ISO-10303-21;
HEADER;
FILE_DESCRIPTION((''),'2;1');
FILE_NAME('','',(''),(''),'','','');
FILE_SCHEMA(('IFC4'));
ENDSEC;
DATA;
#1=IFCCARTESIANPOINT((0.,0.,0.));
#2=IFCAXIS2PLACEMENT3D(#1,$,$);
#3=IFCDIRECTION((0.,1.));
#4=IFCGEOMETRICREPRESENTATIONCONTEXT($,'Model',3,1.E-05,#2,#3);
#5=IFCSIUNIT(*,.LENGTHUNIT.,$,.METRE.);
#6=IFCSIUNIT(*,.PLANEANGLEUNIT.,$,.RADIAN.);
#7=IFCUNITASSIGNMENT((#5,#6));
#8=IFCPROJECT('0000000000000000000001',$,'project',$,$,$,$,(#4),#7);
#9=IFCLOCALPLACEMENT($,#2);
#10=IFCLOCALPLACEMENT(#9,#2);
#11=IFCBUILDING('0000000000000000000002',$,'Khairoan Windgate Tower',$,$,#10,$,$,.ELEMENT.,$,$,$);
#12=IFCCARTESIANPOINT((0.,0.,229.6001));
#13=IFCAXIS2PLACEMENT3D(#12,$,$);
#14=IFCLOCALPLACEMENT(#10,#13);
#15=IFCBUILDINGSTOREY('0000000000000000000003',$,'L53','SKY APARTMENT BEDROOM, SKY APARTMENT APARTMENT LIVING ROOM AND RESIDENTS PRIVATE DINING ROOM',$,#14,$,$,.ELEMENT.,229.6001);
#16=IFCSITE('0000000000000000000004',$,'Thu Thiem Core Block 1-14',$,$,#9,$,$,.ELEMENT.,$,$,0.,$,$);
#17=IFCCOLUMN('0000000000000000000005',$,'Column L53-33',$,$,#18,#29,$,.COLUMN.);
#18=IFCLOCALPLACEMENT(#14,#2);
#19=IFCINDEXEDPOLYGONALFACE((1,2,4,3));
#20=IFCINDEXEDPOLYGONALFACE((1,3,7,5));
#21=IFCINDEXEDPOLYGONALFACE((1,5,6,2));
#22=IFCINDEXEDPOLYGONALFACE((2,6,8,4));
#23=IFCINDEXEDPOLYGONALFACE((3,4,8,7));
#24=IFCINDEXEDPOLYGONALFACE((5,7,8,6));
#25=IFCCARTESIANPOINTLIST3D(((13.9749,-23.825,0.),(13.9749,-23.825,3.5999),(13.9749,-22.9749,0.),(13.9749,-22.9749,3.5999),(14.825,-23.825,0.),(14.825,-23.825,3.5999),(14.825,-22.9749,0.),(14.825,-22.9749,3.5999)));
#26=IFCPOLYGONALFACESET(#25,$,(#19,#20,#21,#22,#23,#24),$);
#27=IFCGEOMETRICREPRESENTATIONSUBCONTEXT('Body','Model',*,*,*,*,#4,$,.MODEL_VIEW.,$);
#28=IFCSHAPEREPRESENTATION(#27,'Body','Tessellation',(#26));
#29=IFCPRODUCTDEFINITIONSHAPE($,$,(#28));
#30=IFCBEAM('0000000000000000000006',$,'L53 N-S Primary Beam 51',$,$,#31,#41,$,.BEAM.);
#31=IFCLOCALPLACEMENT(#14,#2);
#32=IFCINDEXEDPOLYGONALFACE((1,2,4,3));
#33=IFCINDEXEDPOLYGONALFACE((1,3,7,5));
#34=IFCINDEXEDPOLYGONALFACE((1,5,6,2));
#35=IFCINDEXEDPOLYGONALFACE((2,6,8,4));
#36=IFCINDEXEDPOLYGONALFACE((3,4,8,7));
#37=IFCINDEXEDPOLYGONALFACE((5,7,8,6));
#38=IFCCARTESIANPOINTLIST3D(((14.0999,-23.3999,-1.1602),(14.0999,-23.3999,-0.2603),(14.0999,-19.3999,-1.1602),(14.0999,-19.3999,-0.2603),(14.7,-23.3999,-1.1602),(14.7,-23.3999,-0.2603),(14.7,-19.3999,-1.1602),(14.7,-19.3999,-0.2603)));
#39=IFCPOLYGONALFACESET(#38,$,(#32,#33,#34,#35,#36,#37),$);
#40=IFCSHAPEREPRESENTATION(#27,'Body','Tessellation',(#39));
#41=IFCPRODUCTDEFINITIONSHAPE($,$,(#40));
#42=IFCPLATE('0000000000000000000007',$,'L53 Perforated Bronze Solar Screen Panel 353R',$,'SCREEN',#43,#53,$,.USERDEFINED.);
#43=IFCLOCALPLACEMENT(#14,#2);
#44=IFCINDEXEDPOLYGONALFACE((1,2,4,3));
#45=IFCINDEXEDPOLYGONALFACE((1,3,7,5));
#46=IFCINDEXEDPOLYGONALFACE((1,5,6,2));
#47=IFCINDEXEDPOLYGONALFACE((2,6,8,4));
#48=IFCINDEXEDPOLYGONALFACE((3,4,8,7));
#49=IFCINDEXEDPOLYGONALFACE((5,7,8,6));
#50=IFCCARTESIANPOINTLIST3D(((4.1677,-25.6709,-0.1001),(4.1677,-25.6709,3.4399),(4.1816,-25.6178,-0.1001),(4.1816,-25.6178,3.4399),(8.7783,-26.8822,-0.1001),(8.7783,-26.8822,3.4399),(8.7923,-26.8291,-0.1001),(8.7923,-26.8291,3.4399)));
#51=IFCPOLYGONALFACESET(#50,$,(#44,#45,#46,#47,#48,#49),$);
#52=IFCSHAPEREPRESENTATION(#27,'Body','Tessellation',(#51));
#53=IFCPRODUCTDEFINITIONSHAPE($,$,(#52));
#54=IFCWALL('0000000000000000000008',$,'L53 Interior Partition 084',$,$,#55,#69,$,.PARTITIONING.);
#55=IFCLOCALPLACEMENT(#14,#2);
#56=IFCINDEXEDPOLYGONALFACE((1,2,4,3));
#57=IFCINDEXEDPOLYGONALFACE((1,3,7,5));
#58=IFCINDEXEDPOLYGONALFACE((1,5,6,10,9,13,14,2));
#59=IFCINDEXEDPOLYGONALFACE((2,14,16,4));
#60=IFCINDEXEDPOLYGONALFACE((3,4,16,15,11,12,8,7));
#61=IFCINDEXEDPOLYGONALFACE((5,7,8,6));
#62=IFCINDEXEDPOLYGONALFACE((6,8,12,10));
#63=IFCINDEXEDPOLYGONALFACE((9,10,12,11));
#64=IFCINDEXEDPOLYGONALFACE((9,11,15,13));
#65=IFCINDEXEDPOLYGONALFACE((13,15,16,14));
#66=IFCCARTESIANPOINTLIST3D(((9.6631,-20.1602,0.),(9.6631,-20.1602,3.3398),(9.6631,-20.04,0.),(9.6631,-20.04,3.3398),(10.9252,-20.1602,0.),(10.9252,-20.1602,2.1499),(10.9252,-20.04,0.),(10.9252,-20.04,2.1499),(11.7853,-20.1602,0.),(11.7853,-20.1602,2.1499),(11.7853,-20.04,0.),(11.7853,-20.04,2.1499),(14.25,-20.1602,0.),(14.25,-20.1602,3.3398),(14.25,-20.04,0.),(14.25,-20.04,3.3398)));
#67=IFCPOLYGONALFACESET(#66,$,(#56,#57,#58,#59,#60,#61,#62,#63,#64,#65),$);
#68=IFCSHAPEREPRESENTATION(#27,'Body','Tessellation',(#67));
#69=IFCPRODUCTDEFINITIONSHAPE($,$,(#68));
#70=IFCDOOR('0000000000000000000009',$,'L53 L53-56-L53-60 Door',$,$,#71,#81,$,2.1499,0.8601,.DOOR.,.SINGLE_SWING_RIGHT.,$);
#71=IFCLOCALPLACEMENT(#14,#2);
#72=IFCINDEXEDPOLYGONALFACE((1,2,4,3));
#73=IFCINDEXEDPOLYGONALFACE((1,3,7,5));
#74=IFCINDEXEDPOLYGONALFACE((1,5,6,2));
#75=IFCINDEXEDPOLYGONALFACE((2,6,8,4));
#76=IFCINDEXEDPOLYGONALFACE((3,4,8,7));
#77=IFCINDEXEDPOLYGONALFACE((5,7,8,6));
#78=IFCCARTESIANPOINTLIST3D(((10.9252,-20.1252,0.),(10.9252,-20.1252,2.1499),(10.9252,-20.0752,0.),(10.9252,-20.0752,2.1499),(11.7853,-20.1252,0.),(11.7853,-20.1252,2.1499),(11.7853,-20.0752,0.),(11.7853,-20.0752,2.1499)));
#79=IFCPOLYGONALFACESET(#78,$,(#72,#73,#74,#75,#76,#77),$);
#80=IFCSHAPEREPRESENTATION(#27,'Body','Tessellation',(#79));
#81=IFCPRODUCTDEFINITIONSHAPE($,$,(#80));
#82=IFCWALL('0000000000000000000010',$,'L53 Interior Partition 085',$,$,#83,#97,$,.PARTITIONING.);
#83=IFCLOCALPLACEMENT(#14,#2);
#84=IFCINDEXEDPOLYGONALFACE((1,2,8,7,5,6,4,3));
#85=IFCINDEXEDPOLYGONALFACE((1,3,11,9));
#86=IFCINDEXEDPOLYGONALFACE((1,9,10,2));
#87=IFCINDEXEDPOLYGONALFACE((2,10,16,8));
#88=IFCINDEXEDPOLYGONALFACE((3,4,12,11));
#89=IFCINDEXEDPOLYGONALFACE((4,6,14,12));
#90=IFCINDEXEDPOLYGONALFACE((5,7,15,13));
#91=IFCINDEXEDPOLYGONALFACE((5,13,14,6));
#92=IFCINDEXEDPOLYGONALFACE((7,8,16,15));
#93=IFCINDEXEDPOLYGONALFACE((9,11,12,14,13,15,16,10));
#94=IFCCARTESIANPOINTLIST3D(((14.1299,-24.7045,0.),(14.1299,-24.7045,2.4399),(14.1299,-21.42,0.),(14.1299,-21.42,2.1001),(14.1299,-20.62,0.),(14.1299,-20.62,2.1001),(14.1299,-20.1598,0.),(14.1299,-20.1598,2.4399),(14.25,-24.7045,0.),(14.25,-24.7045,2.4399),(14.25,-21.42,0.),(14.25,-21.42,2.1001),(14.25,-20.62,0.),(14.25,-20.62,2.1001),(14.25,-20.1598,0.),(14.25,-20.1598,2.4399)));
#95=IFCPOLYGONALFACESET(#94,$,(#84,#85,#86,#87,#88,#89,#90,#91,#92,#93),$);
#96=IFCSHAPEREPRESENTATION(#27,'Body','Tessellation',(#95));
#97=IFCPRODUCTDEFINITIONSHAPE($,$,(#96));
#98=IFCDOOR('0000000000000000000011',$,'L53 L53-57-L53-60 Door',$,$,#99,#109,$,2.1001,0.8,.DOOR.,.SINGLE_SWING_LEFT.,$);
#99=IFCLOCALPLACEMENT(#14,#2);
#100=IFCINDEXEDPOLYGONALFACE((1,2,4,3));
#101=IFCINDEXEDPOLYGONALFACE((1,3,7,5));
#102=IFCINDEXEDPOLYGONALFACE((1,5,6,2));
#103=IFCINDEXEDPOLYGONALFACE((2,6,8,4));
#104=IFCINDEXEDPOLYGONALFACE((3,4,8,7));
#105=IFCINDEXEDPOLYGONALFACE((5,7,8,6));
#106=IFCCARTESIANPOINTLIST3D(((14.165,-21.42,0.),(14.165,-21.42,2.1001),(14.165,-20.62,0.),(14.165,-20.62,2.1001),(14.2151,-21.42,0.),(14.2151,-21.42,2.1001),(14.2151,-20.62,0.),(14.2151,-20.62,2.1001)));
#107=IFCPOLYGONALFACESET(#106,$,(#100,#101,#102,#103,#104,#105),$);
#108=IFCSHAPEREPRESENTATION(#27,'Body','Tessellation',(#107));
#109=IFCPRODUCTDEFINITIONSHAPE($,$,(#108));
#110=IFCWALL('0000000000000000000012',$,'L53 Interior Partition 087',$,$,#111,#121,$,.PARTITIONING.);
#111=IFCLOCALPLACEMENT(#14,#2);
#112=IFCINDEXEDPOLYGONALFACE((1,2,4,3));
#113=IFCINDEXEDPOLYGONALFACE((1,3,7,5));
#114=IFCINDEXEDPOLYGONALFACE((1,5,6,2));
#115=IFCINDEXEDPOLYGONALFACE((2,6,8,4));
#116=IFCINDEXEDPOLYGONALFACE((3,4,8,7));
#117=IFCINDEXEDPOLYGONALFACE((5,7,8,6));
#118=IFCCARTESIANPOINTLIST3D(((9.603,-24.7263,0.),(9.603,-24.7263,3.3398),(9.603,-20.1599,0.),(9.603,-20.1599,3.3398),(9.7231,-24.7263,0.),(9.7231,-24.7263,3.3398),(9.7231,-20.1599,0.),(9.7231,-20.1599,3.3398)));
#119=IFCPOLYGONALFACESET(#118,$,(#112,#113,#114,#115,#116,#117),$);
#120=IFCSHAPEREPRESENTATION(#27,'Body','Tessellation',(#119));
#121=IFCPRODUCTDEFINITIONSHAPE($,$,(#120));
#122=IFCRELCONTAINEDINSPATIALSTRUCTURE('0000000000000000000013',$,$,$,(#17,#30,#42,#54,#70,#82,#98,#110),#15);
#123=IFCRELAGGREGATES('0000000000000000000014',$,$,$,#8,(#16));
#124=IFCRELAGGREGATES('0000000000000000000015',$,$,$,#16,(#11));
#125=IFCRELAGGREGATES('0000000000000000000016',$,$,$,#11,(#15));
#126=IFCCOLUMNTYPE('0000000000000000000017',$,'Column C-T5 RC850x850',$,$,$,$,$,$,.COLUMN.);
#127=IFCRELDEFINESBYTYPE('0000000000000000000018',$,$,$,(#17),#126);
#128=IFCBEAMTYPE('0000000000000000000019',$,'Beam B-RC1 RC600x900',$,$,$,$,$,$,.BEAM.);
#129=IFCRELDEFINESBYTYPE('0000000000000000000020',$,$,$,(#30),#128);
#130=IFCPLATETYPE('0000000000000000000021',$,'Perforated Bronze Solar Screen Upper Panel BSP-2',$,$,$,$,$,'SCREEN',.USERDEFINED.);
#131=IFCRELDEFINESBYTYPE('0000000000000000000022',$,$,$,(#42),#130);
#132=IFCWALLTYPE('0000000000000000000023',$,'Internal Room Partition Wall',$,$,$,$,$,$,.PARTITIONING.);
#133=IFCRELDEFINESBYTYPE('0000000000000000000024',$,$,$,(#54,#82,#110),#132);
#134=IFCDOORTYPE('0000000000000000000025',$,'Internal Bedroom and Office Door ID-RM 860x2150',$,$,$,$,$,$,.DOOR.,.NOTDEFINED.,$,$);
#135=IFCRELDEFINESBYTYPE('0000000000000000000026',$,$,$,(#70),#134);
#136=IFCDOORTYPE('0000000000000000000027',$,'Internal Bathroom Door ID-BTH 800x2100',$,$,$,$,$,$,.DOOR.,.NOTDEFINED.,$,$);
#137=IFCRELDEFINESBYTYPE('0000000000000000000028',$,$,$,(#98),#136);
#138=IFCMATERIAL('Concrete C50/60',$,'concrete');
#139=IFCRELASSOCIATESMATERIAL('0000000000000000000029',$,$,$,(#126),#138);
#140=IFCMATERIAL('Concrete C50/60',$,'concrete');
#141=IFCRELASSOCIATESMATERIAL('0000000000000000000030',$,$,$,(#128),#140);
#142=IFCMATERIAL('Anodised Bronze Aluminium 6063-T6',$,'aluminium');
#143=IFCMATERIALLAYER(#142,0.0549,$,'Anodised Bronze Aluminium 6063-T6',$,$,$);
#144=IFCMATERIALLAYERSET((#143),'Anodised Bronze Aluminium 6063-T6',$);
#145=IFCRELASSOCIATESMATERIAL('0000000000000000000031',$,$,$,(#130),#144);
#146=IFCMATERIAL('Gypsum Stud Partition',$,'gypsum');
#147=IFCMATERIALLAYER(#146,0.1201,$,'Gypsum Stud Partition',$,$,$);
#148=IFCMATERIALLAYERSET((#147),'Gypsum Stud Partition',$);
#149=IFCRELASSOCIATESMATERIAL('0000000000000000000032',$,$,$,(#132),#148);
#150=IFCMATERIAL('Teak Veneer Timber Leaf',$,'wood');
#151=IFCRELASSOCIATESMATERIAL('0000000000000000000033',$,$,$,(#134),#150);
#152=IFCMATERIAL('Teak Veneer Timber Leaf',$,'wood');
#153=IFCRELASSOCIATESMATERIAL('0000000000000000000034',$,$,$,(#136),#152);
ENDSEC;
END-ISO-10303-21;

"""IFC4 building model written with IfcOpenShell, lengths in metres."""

from ifc_helpers import new_model, si_unit, direction, frame, frame_2d, origin, origin_2d, place, context, subcontext, project, spatial, rectangle, extrude, material, layer, layer_set, material_profile, profile_set, type_object, element, fill, save


model = new_model("IFC4")

# Units and contexts
model_context = context("Model", 3, precision=1e-05, world=origin(), true_north=direction((0.0, 1.0)))
body_context = subcontext(model_context, "Body", "Model", "MODEL_VIEW")
ifc_project = project(units=[si_unit("LENGTHUNIT", "METRE"), si_unit("PLANEANGLEUNIT", "RADIAN")], contexts=[model_context])

# Site, building, storey
site_placement = place(None, origin())
site = spatial("IfcSite", under=ifc_project, at=site_placement, Name="Thu Thiem Core Block 1-14", CompositionType="ELEMENT", RefElevation=0.0)
building_placement = place(site_placement, origin())
building = spatial("IfcBuilding", under=site, at=building_placement, Name="Khairoan Windgate Tower", CompositionType="ELEMENT")
storey_placement = place(building_placement, frame((0.0, 0.0, 229.6001)))
storey = spatial("IfcBuildingStorey", under=building, at=storey_placement, Name="L53", Description="SKY APARTMENT BEDROOM, SKY APARTMENT APARTMENT LIVING ROOM AND RESIDENTS PRIVATE DINING ROOM", CompositionType="ELEMENT", Elevation=229.6001)

# Column
ifc_material_1 = material(Name="Concrete C50/60", Category="concrete")
ifc_material_profile_1 = material_profile(ifc_material_1, rectangle(XDim=0.8501, YDim=0.8501, at=origin_2d()))
ifc_profile_set_1 = profile_set([ifc_material_profile_1], Name="Concrete C50/60")
column_type = type_object("IfcColumnType", Name="Column C-T5 RC850x850", PredefinedType="COLUMN", material=ifc_profile_set_1)
column_placement = place(storey_placement, frame((14.3999, -23.3999, 0.0), z_axis=(0.0, 0.0, 1.0), x_axis=(1.0, 0.0, 0.0)))
element("IfcColumn", 1, at=column_placement, inside=storey, type_object=column_type, Name="Column L53-33", PredefinedType="COLUMN", context=body_context, shape_type="SweptSolid", body=[
    extrude(rectangle(XDim=0.8501, YDim=0.8501, at=origin_2d()), origin(), (0.0, 0.0, 1.0), 3.5999),
])

# Beam
ifc_material_2 = material(Name="Concrete C50/60", Category="concrete")
ifc_material_profile_2 = material_profile(ifc_material_2, rectangle(XDim=0.6001, YDim=0.8999, at=origin_2d()))
ifc_profile_set_2 = profile_set([ifc_material_profile_2], Name="Concrete C50/60")
beam_type = type_object("IfcBeamType", Name="Beam B-RC1 RC600x900", PredefinedType="BEAM", material=ifc_profile_set_2)
beam_placement = place(storey_placement, frame((14.3999, -23.3999, -0.7102), z_axis=(0.0, 1.0, 0.0), x_axis=(-1.0, 0.0, 0.0)))
element("IfcBeam", 2, at=beam_placement, inside=storey, type_object=beam_type, Name="L53 N-S Primary Beam 51", PredefinedType="BEAM", context=body_context, shape_type="SweptSolid", body=[
    extrude(rectangle(XDim=0.6001, YDim=0.8999, at=origin_2d()), origin(), (0.0, 0.0, 1.0), 4.0),
])

# Plate
ifc_material_3 = material(Name="Anodised Bronze Aluminium 6063-T6", Category="aluminium")
ifc_layer_1 = layer(ifc_material_3, 0.0549, Name="Anodised Bronze Aluminium 6063-T6")
ifc_layer_set_1 = layer_set([ifc_layer_1], Name="Anodised Bronze Aluminium 6063-T6")
plate_type = type_object("IfcPlateType", Name="Perforated Bronze Solar Screen Upper Panel BSP-2", ElementType="SCREEN", PredefinedType="USERDEFINED", material=ifc_layer_set_1)
plate_placement = place(storey_placement, frame((6.48, -26.25, -0.1001), z_axis=(0.0, 0.0, 1.0), x_axis=(-0.967179, 0.254096, 0.0)))
element("IfcPlate", 3, at=plate_placement, inside=storey, type_object=plate_type, Name="L53 Perforated Bronze Solar Screen Panel 353R", ObjectType="SCREEN", PredefinedType="USERDEFINED", context=body_context, shape_type="SweptSolid", body=[
    extrude(rectangle(XDim=4.7671, YDim=0.0549, at=origin_2d()), origin(), (0.0, 0.0, 1.0), 3.54),
])

# Walls, openings, doors
ifc_material_4 = material(Name="Gypsum Stud Partition", Category="gypsum")
ifc_layer_2 = layer(ifc_material_4, 0.1201, Name="Gypsum Stud Partition")
ifc_layer_set_2 = layer_set([ifc_layer_2], Name="Gypsum Stud Partition")
wall_type_1 = type_object("IfcWallType", Name="Internal Room Partition Wall", PredefinedType="PARTITIONING", material=ifc_layer_set_2)
wall_1_placement = place(storey_placement, frame((9.6631, -20.1001, 0.0), z_axis=(0.0, 0.0, 1.0), x_axis=(1.0, 0.0, 0.0)))
wall_1 = element("IfcWall", 4, at=wall_1_placement, inside=storey, type_object=wall_type_1, Name="L53 Interior Partition 084", PredefinedType="PARTITIONING", context=body_context, shape_type="SweptSolid", body=[
    extrude(rectangle(XDim=4.5869, YDim=0.1201, at=frame_2d((2.2935, 0.0))), origin(), (0.0, 0.0, 1.0), 3.3398),
])
opening_1_placement = place(wall_1_placement, frame((1.262, 0.0, 0.0)))
opening_1 = element("IfcOpeningElement", 5, at=opening_1_placement, cuts=wall_1, PredefinedType="OPENING", context=body_context, shape_type="SweptSolid", body=[
    extrude(rectangle(XDim=0.8601, YDim=2.1499, at=frame_2d((0.4302, 1.075))), frame((0.0, 0.0701, 0.0), z_axis=(0.0, -1.0, 0.0), x_axis=(1.0, 0.0, 0.0)), (0.0, 0.0, 1.0), 0.1401),
])
ifc_material_5 = material(Name="Teak Veneer Timber Leaf", Category="wood")
door_type_1 = type_object("IfcDoorType", Name="Internal Bedroom and Office Door ID-RM 860x2150", OperationType="NOTDEFINED", PredefinedType="DOOR", material=ifc_material_5)
door_1_placement = place(opening_1_placement, origin())
door_1 = element("IfcDoor", 6, at=door_1_placement, inside=storey, type_object=door_type_1, Name="L53 L53-56-L53-60 Door", OperationType="SINGLE_SWING_RIGHT", OverallHeight=2.1499, OverallWidth=0.8601, PredefinedType="DOOR", context=body_context, shape_type="SweptSolid", body=[
    extrude(rectangle(XDim=0.8601, YDim=2.1499, at=frame_2d((0.4302, 1.075))), frame((0.0, 0.0249, 0.0), z_axis=(0.0, -1.0, 0.0), x_axis=(1.0, 0.0, 0.0)), (0.0, 0.0, 1.0), 0.05),
])
fill(opening_1, door_1)
wall_2_placement = place(storey_placement, frame((14.1899, -24.7046, 0.0), z_axis=(0.0, 0.0, 1.0), x_axis=(0.0, 1.0, 0.0)))
wall_2 = element("IfcWall", 7, at=wall_2_placement, inside=storey, type_object=wall_type_1, Name="L53 Interior Partition 085", PredefinedType="PARTITIONING", context=body_context, shape_type="SweptSolid", body=[
    extrude(rectangle(XDim=4.5447, YDim=0.1201, at=frame_2d((2.2725, 0.0))), origin(), (0.0, 0.0, 1.0), 2.4399),
])
opening_2_placement = place(wall_2_placement, frame((3.2847, 0.0, 0.0)))
opening_2 = element("IfcOpeningElement", 8, at=opening_2_placement, cuts=wall_2, PredefinedType="OPENING", context=body_context, shape_type="SweptSolid", body=[
    extrude(rectangle(XDim=0.8, YDim=2.1001, at=frame_2d((0.3999, 1.05))), frame((0.0, 0.0701, 0.0), z_axis=(0.0, -1.0, 0.0), x_axis=(1.0, 0.0, 0.0)), (0.0, 0.0, 1.0), 0.1401),
])
ifc_material_6 = material(Name="Teak Veneer Timber Leaf", Category="wood")
door_type_2 = type_object("IfcDoorType", Name="Internal Bathroom Door ID-BTH 800x2100", OperationType="NOTDEFINED", PredefinedType="DOOR", material=ifc_material_6)
door_2_placement = place(opening_2_placement, origin())
door_2 = element("IfcDoor", 9, at=door_2_placement, inside=storey, type_object=door_type_2, Name="L53 L53-57-L53-60 Door", OperationType="SINGLE_SWING_LEFT", OverallHeight=2.1001, OverallWidth=0.8, PredefinedType="DOOR", context=body_context, shape_type="SweptSolid", body=[
    extrude(rectangle(XDim=0.8, YDim=2.1001, at=frame_2d((0.3999, 1.05))), frame((0.0, 0.0249, 0.0), z_axis=(0.0, -1.0, 0.0), x_axis=(1.0, 0.0, 0.0)), (0.0, 0.0, 1.0), 0.05),
])
fill(opening_2, door_2)

# Wall
wall_3_placement = place(storey_placement, frame((9.6631, -24.7263, 0.0), z_axis=(0.0, 0.0, 1.0), x_axis=(0.0, 1.0, 0.0)))
element("IfcWall", 10, at=wall_3_placement, inside=storey, type_object=wall_type_1, Name="L53 Interior Partition 087", PredefinedType="PARTITIONING", context=body_context, shape_type="SweptSolid", body=[
    extrude(rectangle(XDim=4.5664, YDim=0.1201, at=frame_2d((2.2832, 0.0))), origin(), (0.0, 0.0, 1.0), 3.3398),
])

save(model, "model.ifc")
